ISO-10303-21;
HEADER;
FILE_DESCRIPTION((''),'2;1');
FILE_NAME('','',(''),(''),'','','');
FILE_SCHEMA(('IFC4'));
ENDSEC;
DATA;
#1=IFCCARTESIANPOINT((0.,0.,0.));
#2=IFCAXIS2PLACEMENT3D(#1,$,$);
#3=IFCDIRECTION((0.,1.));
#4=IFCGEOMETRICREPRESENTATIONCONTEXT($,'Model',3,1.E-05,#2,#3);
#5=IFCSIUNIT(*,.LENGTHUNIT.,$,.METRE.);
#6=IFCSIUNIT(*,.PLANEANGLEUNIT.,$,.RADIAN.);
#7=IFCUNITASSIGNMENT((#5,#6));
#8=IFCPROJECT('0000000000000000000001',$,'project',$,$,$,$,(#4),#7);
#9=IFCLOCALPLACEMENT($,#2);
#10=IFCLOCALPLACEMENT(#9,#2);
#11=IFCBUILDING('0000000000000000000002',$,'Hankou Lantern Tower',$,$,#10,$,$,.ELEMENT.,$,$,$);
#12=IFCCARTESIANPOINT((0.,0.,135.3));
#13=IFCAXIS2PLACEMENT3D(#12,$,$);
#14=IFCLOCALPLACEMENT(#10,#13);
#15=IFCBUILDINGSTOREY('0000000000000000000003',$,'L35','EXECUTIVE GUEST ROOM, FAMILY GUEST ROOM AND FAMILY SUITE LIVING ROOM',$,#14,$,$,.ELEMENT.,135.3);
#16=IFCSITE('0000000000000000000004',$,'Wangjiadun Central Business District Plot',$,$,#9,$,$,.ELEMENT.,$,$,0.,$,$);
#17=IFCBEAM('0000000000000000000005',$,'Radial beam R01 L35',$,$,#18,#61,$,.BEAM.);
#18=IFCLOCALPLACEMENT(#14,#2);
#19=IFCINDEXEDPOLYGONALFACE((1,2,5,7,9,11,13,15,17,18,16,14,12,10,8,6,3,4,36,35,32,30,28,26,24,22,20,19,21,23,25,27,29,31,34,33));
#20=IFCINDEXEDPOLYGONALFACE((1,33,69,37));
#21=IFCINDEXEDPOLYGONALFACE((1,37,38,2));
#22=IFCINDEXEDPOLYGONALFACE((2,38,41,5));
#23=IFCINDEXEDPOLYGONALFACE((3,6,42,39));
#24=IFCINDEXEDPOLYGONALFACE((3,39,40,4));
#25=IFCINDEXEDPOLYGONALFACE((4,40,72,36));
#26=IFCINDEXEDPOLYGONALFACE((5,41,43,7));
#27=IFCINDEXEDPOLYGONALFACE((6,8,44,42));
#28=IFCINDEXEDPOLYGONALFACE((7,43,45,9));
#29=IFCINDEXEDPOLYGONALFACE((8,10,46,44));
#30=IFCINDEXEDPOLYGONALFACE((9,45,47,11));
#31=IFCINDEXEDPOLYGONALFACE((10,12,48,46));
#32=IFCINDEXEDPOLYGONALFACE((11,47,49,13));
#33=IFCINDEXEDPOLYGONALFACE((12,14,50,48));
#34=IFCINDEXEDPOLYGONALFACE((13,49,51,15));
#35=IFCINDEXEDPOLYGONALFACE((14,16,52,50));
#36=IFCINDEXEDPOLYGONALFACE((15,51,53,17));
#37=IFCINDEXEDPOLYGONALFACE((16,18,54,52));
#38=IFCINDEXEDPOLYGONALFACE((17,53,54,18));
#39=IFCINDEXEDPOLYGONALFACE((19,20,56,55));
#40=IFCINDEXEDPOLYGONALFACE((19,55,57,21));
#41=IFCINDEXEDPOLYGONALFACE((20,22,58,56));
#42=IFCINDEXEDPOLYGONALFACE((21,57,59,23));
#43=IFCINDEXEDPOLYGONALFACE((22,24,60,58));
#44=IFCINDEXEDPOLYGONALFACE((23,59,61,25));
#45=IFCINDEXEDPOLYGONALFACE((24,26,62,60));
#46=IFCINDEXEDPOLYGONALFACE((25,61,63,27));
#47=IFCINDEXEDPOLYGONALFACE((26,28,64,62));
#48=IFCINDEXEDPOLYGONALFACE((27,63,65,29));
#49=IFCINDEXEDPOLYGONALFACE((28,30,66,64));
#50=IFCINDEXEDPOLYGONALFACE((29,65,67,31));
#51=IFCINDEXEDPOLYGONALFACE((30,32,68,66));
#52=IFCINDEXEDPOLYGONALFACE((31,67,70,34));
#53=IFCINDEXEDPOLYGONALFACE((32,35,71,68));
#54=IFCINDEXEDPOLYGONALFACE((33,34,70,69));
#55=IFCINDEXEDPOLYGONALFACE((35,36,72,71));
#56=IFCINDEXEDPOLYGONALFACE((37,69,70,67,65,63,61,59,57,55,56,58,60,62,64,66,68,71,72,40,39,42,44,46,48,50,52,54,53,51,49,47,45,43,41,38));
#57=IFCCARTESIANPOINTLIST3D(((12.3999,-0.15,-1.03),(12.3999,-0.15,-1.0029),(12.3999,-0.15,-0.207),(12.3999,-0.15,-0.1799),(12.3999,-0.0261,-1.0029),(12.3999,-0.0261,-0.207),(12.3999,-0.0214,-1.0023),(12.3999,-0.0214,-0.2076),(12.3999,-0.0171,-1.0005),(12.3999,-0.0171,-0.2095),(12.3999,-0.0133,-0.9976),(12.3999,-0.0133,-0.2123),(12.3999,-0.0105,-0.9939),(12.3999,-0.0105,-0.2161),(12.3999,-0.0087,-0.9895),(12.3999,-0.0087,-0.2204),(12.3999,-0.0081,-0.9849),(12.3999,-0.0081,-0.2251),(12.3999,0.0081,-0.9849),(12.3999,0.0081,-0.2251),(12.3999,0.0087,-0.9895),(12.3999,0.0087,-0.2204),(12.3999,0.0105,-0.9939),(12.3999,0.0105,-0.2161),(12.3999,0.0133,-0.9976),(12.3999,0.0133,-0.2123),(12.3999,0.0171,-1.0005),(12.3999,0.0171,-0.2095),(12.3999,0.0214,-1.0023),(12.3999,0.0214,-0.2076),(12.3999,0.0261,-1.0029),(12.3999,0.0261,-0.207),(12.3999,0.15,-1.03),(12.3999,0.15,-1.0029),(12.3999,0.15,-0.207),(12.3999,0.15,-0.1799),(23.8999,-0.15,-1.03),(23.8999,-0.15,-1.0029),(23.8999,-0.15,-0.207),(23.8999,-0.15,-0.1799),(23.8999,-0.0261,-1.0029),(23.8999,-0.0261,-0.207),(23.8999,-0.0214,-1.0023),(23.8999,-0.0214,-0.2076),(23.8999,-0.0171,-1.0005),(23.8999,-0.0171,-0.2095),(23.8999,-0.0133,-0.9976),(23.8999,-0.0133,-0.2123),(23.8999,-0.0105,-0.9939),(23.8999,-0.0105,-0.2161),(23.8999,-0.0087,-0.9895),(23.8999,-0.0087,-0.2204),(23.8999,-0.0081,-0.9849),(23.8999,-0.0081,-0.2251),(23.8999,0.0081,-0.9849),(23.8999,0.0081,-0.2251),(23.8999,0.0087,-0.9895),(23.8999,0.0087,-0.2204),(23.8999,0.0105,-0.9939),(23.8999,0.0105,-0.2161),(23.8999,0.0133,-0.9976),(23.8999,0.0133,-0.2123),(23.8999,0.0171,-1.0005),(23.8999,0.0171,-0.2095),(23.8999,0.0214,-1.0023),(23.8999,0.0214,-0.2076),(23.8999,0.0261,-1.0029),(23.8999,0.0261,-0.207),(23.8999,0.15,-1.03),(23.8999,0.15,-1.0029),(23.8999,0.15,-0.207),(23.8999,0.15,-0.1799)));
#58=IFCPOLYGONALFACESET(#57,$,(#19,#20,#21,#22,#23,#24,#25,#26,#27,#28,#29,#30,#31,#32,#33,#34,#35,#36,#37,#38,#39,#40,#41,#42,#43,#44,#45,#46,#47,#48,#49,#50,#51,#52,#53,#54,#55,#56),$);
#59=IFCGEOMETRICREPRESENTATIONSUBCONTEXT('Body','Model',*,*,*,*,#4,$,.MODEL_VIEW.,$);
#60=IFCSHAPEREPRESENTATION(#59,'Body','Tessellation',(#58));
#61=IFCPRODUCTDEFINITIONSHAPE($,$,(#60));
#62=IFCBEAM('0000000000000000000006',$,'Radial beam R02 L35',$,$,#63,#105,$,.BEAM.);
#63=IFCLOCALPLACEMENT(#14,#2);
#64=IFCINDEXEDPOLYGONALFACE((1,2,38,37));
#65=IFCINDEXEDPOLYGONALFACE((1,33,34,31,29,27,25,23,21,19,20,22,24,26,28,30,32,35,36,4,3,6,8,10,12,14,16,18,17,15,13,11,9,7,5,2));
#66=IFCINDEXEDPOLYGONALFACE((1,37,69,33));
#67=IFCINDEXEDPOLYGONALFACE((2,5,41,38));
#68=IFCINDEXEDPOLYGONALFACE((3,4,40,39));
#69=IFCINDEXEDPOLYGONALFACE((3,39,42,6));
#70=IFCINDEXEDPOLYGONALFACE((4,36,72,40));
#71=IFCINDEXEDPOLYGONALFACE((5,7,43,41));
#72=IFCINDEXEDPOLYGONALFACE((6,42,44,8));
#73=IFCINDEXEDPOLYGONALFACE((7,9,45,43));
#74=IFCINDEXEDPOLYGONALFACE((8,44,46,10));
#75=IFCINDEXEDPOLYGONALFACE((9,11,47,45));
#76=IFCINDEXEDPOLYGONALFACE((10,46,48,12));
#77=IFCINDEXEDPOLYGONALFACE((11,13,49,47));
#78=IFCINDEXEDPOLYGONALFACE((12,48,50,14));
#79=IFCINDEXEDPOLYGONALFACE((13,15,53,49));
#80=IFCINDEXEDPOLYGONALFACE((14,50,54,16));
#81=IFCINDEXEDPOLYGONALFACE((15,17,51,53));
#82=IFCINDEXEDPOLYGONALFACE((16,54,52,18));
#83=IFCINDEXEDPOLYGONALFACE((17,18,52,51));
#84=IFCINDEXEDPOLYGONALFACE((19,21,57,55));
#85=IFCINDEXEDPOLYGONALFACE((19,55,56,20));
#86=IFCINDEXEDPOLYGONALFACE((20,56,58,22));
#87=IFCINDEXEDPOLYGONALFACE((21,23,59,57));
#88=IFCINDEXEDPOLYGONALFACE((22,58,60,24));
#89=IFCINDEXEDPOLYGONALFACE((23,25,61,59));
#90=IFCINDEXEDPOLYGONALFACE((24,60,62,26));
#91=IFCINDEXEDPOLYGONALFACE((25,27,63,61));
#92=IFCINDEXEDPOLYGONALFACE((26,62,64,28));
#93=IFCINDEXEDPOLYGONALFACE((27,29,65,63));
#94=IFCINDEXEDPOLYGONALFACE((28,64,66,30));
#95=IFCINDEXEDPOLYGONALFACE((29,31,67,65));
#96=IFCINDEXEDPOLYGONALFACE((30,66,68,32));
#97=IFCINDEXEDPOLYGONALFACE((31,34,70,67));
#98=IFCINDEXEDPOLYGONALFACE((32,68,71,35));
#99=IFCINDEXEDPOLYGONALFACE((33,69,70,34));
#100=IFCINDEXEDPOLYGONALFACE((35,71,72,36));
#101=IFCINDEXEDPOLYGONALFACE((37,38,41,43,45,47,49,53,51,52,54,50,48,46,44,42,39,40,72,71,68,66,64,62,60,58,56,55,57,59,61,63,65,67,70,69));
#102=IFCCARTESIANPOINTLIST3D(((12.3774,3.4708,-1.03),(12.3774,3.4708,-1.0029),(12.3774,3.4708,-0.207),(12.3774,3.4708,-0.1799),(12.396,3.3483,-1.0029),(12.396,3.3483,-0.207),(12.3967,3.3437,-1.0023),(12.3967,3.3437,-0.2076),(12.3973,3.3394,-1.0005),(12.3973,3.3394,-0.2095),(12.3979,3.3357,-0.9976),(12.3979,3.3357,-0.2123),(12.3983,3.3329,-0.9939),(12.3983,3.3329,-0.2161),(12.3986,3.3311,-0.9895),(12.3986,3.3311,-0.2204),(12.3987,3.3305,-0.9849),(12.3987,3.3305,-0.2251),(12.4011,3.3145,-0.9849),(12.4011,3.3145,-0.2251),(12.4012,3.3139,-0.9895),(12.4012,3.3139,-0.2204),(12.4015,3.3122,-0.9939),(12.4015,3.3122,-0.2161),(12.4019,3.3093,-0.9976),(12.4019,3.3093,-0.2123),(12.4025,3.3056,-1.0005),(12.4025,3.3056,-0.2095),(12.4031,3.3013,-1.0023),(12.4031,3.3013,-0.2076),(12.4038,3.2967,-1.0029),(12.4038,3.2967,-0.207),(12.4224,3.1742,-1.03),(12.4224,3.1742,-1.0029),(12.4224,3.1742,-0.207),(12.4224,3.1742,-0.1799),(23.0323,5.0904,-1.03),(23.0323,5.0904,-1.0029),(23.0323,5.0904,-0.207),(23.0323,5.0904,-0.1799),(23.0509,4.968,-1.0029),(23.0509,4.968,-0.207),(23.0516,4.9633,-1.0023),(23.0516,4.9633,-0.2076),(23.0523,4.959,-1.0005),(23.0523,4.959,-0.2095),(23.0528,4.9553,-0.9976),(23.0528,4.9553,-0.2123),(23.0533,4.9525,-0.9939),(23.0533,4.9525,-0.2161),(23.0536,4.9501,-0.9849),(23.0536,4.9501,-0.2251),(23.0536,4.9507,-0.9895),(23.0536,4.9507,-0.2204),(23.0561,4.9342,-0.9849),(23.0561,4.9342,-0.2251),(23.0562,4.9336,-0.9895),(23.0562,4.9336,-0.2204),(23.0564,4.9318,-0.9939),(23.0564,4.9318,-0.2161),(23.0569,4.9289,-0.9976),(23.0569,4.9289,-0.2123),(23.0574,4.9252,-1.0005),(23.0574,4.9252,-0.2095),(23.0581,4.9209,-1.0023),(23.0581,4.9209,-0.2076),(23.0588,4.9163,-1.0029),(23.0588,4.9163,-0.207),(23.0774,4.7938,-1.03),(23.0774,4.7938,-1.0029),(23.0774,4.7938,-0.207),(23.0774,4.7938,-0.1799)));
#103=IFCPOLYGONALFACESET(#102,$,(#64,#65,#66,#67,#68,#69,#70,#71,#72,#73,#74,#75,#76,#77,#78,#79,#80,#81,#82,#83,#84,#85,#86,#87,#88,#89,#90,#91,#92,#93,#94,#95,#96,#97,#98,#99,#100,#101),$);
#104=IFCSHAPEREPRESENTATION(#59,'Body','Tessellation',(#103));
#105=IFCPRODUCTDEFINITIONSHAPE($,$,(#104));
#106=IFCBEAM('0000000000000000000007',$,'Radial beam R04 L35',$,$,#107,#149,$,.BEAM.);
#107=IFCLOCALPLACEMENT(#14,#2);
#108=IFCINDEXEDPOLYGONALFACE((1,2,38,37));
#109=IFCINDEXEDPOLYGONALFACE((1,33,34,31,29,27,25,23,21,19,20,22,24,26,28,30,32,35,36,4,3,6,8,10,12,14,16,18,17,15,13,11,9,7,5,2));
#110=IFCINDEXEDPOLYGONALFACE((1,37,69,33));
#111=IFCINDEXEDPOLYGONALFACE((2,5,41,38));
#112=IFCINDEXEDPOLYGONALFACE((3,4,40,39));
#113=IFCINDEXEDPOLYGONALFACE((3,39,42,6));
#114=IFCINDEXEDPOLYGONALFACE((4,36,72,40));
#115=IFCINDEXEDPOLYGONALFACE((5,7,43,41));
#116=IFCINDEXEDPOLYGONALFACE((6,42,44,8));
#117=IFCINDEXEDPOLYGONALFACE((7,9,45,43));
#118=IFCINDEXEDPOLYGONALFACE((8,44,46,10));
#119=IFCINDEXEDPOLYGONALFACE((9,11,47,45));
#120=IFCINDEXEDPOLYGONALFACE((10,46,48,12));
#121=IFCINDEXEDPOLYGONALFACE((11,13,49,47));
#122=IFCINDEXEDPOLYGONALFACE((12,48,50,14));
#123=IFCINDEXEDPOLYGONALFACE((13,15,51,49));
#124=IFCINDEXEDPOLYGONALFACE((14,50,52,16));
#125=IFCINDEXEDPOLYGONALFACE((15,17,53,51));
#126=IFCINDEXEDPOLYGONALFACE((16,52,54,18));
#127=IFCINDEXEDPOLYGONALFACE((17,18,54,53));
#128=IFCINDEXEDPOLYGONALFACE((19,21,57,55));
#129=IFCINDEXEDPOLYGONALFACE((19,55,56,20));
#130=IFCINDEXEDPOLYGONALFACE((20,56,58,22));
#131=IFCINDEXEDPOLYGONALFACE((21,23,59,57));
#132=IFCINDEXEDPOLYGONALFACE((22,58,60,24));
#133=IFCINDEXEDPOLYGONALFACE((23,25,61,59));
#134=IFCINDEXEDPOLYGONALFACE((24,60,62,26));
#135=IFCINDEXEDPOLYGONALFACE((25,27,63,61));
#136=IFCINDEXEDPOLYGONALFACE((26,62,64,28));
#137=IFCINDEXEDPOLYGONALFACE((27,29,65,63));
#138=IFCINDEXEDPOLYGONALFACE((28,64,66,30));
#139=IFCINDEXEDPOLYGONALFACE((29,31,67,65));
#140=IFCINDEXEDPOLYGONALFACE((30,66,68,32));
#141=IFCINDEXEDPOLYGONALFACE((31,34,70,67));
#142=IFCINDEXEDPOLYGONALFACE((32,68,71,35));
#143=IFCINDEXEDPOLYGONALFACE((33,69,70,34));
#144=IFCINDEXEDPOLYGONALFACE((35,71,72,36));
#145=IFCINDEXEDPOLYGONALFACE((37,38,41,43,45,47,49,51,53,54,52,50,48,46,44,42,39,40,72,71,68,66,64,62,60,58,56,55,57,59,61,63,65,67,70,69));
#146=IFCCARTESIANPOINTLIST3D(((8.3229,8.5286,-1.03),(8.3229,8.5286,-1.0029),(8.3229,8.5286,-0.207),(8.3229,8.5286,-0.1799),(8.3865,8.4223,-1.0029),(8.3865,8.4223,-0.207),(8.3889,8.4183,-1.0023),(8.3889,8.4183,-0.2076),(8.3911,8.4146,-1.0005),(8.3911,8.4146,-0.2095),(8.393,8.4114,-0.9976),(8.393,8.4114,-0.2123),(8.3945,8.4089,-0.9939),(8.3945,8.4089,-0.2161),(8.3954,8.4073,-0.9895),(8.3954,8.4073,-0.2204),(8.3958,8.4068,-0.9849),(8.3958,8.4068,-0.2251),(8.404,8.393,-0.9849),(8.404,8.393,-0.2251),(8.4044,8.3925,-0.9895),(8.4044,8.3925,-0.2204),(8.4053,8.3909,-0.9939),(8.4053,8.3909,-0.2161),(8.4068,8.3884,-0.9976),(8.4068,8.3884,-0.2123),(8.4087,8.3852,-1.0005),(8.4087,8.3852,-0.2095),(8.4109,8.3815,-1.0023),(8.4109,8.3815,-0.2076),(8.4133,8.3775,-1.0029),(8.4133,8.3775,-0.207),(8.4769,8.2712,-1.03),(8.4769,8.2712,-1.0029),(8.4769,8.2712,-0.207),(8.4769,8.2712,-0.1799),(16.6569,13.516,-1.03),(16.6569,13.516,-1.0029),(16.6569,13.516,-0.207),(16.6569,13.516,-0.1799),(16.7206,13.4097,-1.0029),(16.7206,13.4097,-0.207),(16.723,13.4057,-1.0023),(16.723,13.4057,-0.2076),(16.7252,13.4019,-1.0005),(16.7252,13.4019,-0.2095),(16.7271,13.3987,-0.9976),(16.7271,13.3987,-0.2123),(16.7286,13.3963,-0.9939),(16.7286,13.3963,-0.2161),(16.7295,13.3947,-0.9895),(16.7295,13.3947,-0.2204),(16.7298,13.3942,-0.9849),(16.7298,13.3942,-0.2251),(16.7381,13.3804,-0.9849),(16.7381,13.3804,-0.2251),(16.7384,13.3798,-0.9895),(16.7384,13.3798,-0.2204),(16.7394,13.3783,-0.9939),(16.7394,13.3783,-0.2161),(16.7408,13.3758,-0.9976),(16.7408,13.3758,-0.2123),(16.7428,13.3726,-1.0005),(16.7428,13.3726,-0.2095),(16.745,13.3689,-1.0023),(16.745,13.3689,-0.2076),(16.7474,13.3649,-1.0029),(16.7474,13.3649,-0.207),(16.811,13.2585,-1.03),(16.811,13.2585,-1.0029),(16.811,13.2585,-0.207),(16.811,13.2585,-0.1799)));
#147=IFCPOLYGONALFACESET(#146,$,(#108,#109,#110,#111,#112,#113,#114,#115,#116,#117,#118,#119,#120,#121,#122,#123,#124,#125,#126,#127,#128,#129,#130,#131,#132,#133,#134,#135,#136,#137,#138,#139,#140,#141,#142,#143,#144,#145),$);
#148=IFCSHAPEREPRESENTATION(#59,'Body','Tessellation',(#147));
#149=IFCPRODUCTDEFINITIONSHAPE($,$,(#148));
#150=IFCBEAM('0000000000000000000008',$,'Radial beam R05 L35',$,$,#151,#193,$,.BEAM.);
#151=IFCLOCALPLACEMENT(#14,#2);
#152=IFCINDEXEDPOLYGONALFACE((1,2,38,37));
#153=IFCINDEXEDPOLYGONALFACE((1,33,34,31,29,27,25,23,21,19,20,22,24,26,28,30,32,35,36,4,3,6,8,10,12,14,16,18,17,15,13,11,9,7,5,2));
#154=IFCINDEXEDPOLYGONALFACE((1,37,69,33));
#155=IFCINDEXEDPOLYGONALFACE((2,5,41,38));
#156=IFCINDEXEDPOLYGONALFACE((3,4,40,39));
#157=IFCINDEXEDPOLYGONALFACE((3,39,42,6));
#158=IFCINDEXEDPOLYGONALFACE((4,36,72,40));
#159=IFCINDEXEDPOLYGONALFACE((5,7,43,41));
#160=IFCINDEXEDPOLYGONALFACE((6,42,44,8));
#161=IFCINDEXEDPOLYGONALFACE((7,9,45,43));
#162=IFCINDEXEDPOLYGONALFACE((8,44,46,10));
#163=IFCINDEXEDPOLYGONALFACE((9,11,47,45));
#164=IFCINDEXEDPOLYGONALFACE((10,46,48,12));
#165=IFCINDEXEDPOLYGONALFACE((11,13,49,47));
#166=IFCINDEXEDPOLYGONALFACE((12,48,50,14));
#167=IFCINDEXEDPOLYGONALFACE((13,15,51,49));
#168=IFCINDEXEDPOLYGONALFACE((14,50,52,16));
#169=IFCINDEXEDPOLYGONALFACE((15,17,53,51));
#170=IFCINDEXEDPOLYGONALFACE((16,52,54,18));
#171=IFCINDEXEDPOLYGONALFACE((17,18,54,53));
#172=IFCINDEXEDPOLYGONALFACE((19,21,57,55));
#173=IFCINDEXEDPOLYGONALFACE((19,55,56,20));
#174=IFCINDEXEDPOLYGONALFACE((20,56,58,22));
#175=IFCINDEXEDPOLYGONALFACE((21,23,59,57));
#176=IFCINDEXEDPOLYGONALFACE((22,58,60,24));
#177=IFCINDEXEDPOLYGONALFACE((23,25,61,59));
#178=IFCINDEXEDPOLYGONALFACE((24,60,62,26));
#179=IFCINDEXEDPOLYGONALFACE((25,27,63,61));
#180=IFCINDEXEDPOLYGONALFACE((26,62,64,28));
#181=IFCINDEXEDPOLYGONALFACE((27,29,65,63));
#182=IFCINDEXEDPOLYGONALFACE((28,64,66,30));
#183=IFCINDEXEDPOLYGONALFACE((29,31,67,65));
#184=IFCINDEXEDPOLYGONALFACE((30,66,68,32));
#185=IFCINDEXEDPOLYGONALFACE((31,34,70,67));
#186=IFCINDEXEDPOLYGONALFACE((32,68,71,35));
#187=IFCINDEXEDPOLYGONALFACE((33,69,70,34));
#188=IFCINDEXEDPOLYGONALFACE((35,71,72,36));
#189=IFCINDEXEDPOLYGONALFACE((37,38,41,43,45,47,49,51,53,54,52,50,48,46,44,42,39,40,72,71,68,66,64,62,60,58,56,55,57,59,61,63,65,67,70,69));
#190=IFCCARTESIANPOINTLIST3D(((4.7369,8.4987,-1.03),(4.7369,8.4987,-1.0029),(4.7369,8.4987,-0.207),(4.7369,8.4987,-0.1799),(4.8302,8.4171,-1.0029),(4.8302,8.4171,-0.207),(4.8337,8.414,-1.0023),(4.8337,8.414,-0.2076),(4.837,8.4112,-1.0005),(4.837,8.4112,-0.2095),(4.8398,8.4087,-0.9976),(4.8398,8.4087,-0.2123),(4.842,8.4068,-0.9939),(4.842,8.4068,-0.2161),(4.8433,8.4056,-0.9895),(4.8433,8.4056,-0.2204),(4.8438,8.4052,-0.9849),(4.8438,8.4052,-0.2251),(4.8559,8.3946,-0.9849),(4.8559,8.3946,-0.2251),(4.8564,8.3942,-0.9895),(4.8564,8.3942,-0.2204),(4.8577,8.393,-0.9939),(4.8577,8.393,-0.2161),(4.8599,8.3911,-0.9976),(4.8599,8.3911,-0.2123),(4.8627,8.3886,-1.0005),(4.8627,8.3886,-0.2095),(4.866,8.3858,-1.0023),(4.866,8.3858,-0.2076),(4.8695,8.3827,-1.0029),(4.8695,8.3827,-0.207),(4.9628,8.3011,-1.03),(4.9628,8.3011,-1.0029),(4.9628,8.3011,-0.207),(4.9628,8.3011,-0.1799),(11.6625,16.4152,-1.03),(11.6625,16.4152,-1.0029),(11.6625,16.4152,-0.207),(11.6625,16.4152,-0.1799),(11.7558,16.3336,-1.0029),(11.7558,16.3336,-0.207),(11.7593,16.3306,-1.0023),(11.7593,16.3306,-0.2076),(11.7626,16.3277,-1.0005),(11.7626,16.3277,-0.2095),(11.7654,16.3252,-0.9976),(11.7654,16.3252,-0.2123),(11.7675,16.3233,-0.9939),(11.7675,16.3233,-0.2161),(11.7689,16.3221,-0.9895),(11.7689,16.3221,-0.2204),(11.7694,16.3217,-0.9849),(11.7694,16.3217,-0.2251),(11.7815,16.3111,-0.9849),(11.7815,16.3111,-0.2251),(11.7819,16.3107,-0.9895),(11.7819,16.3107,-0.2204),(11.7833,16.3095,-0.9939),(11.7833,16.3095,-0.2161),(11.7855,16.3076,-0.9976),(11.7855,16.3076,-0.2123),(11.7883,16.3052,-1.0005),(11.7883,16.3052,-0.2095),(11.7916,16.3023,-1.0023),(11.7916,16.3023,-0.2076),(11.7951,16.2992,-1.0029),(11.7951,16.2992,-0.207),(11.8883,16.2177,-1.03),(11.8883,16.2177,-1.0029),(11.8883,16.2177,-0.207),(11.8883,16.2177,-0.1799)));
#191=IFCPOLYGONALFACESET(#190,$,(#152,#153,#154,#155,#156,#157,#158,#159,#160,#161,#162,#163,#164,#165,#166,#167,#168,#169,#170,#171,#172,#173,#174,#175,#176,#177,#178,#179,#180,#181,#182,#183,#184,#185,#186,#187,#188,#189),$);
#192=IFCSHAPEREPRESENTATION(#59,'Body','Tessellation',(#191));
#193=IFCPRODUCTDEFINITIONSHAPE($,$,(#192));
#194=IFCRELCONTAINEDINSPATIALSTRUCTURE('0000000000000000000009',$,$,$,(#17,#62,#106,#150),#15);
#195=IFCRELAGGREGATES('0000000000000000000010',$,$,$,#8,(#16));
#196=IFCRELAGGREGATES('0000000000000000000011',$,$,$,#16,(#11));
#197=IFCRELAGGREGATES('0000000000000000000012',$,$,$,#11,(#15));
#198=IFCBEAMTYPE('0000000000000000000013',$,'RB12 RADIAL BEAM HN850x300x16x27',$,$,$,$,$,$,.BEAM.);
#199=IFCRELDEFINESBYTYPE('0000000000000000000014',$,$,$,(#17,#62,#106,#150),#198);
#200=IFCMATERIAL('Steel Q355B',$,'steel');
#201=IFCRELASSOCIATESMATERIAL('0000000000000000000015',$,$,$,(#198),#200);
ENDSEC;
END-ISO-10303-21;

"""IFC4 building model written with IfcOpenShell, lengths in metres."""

from ifc_helpers import new_model, si_unit, direction, frame, origin, origin_2d, place, context, subcontext, project, spatial, i_section, extrude, material, material_profile, profile_set, type_object, element, save


model = new_model("IFC4")

# Units and contexts
model_context = context("Model", 3, precision=1e-05, world=origin(), true_north=direction((0.0, 1.0)))
body_context = subcontext(model_context, "Body", "Model", "MODEL_VIEW")
ifc_project = project(units=[si_unit("LENGTHUNIT", "METRE"), si_unit("PLANEANGLEUNIT", "RADIAN")], contexts=[model_context])

# Site, building, storey
site_placement = place(None, origin())
site = spatial("IfcSite", under=ifc_project, at=site_placement, Name="Wangjiadun Central Business District Plot", CompositionType="ELEMENT", RefElevation=0.0)
building_placement = place(site_placement, origin())
building = spatial("IfcBuilding", under=site, at=building_placement, Name="Hankou Lantern Tower", CompositionType="ELEMENT")
storey_placement = place(building_placement, frame((0.0, 0.0, 135.3)))
storey = spatial("IfcBuildingStorey", under=building, at=storey_placement, Name="L35", Description="EXECUTIVE GUEST ROOM, FAMILY GUEST ROOM AND FAMILY SUITE LIVING ROOM", CompositionType="ELEMENT", Elevation=135.3)

# Beams
ifc_material_1 = material(Name="Steel Q355B", Category="steel")
ifc_material_profile_1 = material_profile(ifc_material_1, i_section(OverallWidth=0.3, OverallDepth=0.8501, WebThickness=0.0161, FlangeThickness=0.0271, FilletRadius=0.0181, at=origin_2d()), Name="HN850x300x16x27")
ifc_profile_set_1 = profile_set([ifc_material_profile_1], Name="Steel Q355B")
beam_type_1 = type_object("IfcBeamType", Name="RB12 RADIAL BEAM HN850x300x16x27", PredefinedType="BEAM", material=ifc_profile_set_1)
beam_1_placement = place(storey_placement, frame((12.3999, 0.0, -0.605), z_axis=(1.0, 0.0, 0.0), x_axis=(0.0, 1.0, 0.0)))
element("IfcBeam", 1, at=beam_1_placement, inside=storey, type_object=beam_type_1, Name="Radial beam R01 L35", PredefinedType="BEAM", context=body_context, shape_type="SweptSolid", body=[
    extrude(i_section(OverallWidth=0.3, OverallDepth=0.8501, WebThickness=0.0161, FlangeThickness=0.0271, FilletRadius=0.0181, at=origin_2d()), origin(), (0.0, 0.0, 1.0), 11.5),
])
beam_2_placement = place(storey_placement, frame((12.3999, 3.3225, -0.605), z_axis=(0.988644, 0.15028, 0.0), x_axis=(-0.15028, 0.988644, 0.0)))
element("IfcBeam", 2, at=beam_2_placement, inside=storey, type_object=beam_type_1, Name="Radial beam R02 L35", PredefinedType="BEAM", context=body_context, shape_type="SweptSolid", body=[
    extrude(i_section(OverallWidth=0.3, OverallDepth=0.8501, WebThickness=0.0161, FlangeThickness=0.0271, FilletRadius=0.0181, at=origin_2d()), origin(), (0.0, 0.0, 1.0), 10.7773),
])
beam_3_placement = place(storey_placement, frame((8.3999, 8.3999, -0.605), z_axis=(0.858087, 0.513505, 0.0), x_axis=(-0.513505, 0.858087, 0.0)))
element("IfcBeam", 3, at=beam_3_placement, inside=storey, type_object=beam_type_1, Name="Radial beam R04 L35", PredefinedType="BEAM", context=body_context, shape_type="SweptSolid", body=[
    extrude(i_section(OverallWidth=0.3, OverallDepth=0.8501, WebThickness=0.0161, FlangeThickness=0.0271, FilletRadius=0.0181, at=origin_2d()), origin(), (0.0, 0.0, 1.0), 9.7124),
])
beam_4_placement = place(storey_placement, frame((4.8499, 8.3999, -0.605), z_axis=(0.658429, 0.752643, 0.0), x_axis=(-0.752643, 0.658429, 0.0)))
element("IfcBeam", 4, at=beam_4_placement, inside=storey, type_object=beam_type_1, Name="Radial beam R05 L35", PredefinedType="BEAM", context=body_context, shape_type="SweptSolid", body=[
    extrude(i_section(OverallWidth=0.3, OverallDepth=0.8501, WebThickness=0.0161, FlangeThickness=0.0271, FilletRadius=0.0181, at=origin_2d()), origin(), (0.0, 0.0, 1.0), 10.5183),
])

save(model, "model.ifc")
